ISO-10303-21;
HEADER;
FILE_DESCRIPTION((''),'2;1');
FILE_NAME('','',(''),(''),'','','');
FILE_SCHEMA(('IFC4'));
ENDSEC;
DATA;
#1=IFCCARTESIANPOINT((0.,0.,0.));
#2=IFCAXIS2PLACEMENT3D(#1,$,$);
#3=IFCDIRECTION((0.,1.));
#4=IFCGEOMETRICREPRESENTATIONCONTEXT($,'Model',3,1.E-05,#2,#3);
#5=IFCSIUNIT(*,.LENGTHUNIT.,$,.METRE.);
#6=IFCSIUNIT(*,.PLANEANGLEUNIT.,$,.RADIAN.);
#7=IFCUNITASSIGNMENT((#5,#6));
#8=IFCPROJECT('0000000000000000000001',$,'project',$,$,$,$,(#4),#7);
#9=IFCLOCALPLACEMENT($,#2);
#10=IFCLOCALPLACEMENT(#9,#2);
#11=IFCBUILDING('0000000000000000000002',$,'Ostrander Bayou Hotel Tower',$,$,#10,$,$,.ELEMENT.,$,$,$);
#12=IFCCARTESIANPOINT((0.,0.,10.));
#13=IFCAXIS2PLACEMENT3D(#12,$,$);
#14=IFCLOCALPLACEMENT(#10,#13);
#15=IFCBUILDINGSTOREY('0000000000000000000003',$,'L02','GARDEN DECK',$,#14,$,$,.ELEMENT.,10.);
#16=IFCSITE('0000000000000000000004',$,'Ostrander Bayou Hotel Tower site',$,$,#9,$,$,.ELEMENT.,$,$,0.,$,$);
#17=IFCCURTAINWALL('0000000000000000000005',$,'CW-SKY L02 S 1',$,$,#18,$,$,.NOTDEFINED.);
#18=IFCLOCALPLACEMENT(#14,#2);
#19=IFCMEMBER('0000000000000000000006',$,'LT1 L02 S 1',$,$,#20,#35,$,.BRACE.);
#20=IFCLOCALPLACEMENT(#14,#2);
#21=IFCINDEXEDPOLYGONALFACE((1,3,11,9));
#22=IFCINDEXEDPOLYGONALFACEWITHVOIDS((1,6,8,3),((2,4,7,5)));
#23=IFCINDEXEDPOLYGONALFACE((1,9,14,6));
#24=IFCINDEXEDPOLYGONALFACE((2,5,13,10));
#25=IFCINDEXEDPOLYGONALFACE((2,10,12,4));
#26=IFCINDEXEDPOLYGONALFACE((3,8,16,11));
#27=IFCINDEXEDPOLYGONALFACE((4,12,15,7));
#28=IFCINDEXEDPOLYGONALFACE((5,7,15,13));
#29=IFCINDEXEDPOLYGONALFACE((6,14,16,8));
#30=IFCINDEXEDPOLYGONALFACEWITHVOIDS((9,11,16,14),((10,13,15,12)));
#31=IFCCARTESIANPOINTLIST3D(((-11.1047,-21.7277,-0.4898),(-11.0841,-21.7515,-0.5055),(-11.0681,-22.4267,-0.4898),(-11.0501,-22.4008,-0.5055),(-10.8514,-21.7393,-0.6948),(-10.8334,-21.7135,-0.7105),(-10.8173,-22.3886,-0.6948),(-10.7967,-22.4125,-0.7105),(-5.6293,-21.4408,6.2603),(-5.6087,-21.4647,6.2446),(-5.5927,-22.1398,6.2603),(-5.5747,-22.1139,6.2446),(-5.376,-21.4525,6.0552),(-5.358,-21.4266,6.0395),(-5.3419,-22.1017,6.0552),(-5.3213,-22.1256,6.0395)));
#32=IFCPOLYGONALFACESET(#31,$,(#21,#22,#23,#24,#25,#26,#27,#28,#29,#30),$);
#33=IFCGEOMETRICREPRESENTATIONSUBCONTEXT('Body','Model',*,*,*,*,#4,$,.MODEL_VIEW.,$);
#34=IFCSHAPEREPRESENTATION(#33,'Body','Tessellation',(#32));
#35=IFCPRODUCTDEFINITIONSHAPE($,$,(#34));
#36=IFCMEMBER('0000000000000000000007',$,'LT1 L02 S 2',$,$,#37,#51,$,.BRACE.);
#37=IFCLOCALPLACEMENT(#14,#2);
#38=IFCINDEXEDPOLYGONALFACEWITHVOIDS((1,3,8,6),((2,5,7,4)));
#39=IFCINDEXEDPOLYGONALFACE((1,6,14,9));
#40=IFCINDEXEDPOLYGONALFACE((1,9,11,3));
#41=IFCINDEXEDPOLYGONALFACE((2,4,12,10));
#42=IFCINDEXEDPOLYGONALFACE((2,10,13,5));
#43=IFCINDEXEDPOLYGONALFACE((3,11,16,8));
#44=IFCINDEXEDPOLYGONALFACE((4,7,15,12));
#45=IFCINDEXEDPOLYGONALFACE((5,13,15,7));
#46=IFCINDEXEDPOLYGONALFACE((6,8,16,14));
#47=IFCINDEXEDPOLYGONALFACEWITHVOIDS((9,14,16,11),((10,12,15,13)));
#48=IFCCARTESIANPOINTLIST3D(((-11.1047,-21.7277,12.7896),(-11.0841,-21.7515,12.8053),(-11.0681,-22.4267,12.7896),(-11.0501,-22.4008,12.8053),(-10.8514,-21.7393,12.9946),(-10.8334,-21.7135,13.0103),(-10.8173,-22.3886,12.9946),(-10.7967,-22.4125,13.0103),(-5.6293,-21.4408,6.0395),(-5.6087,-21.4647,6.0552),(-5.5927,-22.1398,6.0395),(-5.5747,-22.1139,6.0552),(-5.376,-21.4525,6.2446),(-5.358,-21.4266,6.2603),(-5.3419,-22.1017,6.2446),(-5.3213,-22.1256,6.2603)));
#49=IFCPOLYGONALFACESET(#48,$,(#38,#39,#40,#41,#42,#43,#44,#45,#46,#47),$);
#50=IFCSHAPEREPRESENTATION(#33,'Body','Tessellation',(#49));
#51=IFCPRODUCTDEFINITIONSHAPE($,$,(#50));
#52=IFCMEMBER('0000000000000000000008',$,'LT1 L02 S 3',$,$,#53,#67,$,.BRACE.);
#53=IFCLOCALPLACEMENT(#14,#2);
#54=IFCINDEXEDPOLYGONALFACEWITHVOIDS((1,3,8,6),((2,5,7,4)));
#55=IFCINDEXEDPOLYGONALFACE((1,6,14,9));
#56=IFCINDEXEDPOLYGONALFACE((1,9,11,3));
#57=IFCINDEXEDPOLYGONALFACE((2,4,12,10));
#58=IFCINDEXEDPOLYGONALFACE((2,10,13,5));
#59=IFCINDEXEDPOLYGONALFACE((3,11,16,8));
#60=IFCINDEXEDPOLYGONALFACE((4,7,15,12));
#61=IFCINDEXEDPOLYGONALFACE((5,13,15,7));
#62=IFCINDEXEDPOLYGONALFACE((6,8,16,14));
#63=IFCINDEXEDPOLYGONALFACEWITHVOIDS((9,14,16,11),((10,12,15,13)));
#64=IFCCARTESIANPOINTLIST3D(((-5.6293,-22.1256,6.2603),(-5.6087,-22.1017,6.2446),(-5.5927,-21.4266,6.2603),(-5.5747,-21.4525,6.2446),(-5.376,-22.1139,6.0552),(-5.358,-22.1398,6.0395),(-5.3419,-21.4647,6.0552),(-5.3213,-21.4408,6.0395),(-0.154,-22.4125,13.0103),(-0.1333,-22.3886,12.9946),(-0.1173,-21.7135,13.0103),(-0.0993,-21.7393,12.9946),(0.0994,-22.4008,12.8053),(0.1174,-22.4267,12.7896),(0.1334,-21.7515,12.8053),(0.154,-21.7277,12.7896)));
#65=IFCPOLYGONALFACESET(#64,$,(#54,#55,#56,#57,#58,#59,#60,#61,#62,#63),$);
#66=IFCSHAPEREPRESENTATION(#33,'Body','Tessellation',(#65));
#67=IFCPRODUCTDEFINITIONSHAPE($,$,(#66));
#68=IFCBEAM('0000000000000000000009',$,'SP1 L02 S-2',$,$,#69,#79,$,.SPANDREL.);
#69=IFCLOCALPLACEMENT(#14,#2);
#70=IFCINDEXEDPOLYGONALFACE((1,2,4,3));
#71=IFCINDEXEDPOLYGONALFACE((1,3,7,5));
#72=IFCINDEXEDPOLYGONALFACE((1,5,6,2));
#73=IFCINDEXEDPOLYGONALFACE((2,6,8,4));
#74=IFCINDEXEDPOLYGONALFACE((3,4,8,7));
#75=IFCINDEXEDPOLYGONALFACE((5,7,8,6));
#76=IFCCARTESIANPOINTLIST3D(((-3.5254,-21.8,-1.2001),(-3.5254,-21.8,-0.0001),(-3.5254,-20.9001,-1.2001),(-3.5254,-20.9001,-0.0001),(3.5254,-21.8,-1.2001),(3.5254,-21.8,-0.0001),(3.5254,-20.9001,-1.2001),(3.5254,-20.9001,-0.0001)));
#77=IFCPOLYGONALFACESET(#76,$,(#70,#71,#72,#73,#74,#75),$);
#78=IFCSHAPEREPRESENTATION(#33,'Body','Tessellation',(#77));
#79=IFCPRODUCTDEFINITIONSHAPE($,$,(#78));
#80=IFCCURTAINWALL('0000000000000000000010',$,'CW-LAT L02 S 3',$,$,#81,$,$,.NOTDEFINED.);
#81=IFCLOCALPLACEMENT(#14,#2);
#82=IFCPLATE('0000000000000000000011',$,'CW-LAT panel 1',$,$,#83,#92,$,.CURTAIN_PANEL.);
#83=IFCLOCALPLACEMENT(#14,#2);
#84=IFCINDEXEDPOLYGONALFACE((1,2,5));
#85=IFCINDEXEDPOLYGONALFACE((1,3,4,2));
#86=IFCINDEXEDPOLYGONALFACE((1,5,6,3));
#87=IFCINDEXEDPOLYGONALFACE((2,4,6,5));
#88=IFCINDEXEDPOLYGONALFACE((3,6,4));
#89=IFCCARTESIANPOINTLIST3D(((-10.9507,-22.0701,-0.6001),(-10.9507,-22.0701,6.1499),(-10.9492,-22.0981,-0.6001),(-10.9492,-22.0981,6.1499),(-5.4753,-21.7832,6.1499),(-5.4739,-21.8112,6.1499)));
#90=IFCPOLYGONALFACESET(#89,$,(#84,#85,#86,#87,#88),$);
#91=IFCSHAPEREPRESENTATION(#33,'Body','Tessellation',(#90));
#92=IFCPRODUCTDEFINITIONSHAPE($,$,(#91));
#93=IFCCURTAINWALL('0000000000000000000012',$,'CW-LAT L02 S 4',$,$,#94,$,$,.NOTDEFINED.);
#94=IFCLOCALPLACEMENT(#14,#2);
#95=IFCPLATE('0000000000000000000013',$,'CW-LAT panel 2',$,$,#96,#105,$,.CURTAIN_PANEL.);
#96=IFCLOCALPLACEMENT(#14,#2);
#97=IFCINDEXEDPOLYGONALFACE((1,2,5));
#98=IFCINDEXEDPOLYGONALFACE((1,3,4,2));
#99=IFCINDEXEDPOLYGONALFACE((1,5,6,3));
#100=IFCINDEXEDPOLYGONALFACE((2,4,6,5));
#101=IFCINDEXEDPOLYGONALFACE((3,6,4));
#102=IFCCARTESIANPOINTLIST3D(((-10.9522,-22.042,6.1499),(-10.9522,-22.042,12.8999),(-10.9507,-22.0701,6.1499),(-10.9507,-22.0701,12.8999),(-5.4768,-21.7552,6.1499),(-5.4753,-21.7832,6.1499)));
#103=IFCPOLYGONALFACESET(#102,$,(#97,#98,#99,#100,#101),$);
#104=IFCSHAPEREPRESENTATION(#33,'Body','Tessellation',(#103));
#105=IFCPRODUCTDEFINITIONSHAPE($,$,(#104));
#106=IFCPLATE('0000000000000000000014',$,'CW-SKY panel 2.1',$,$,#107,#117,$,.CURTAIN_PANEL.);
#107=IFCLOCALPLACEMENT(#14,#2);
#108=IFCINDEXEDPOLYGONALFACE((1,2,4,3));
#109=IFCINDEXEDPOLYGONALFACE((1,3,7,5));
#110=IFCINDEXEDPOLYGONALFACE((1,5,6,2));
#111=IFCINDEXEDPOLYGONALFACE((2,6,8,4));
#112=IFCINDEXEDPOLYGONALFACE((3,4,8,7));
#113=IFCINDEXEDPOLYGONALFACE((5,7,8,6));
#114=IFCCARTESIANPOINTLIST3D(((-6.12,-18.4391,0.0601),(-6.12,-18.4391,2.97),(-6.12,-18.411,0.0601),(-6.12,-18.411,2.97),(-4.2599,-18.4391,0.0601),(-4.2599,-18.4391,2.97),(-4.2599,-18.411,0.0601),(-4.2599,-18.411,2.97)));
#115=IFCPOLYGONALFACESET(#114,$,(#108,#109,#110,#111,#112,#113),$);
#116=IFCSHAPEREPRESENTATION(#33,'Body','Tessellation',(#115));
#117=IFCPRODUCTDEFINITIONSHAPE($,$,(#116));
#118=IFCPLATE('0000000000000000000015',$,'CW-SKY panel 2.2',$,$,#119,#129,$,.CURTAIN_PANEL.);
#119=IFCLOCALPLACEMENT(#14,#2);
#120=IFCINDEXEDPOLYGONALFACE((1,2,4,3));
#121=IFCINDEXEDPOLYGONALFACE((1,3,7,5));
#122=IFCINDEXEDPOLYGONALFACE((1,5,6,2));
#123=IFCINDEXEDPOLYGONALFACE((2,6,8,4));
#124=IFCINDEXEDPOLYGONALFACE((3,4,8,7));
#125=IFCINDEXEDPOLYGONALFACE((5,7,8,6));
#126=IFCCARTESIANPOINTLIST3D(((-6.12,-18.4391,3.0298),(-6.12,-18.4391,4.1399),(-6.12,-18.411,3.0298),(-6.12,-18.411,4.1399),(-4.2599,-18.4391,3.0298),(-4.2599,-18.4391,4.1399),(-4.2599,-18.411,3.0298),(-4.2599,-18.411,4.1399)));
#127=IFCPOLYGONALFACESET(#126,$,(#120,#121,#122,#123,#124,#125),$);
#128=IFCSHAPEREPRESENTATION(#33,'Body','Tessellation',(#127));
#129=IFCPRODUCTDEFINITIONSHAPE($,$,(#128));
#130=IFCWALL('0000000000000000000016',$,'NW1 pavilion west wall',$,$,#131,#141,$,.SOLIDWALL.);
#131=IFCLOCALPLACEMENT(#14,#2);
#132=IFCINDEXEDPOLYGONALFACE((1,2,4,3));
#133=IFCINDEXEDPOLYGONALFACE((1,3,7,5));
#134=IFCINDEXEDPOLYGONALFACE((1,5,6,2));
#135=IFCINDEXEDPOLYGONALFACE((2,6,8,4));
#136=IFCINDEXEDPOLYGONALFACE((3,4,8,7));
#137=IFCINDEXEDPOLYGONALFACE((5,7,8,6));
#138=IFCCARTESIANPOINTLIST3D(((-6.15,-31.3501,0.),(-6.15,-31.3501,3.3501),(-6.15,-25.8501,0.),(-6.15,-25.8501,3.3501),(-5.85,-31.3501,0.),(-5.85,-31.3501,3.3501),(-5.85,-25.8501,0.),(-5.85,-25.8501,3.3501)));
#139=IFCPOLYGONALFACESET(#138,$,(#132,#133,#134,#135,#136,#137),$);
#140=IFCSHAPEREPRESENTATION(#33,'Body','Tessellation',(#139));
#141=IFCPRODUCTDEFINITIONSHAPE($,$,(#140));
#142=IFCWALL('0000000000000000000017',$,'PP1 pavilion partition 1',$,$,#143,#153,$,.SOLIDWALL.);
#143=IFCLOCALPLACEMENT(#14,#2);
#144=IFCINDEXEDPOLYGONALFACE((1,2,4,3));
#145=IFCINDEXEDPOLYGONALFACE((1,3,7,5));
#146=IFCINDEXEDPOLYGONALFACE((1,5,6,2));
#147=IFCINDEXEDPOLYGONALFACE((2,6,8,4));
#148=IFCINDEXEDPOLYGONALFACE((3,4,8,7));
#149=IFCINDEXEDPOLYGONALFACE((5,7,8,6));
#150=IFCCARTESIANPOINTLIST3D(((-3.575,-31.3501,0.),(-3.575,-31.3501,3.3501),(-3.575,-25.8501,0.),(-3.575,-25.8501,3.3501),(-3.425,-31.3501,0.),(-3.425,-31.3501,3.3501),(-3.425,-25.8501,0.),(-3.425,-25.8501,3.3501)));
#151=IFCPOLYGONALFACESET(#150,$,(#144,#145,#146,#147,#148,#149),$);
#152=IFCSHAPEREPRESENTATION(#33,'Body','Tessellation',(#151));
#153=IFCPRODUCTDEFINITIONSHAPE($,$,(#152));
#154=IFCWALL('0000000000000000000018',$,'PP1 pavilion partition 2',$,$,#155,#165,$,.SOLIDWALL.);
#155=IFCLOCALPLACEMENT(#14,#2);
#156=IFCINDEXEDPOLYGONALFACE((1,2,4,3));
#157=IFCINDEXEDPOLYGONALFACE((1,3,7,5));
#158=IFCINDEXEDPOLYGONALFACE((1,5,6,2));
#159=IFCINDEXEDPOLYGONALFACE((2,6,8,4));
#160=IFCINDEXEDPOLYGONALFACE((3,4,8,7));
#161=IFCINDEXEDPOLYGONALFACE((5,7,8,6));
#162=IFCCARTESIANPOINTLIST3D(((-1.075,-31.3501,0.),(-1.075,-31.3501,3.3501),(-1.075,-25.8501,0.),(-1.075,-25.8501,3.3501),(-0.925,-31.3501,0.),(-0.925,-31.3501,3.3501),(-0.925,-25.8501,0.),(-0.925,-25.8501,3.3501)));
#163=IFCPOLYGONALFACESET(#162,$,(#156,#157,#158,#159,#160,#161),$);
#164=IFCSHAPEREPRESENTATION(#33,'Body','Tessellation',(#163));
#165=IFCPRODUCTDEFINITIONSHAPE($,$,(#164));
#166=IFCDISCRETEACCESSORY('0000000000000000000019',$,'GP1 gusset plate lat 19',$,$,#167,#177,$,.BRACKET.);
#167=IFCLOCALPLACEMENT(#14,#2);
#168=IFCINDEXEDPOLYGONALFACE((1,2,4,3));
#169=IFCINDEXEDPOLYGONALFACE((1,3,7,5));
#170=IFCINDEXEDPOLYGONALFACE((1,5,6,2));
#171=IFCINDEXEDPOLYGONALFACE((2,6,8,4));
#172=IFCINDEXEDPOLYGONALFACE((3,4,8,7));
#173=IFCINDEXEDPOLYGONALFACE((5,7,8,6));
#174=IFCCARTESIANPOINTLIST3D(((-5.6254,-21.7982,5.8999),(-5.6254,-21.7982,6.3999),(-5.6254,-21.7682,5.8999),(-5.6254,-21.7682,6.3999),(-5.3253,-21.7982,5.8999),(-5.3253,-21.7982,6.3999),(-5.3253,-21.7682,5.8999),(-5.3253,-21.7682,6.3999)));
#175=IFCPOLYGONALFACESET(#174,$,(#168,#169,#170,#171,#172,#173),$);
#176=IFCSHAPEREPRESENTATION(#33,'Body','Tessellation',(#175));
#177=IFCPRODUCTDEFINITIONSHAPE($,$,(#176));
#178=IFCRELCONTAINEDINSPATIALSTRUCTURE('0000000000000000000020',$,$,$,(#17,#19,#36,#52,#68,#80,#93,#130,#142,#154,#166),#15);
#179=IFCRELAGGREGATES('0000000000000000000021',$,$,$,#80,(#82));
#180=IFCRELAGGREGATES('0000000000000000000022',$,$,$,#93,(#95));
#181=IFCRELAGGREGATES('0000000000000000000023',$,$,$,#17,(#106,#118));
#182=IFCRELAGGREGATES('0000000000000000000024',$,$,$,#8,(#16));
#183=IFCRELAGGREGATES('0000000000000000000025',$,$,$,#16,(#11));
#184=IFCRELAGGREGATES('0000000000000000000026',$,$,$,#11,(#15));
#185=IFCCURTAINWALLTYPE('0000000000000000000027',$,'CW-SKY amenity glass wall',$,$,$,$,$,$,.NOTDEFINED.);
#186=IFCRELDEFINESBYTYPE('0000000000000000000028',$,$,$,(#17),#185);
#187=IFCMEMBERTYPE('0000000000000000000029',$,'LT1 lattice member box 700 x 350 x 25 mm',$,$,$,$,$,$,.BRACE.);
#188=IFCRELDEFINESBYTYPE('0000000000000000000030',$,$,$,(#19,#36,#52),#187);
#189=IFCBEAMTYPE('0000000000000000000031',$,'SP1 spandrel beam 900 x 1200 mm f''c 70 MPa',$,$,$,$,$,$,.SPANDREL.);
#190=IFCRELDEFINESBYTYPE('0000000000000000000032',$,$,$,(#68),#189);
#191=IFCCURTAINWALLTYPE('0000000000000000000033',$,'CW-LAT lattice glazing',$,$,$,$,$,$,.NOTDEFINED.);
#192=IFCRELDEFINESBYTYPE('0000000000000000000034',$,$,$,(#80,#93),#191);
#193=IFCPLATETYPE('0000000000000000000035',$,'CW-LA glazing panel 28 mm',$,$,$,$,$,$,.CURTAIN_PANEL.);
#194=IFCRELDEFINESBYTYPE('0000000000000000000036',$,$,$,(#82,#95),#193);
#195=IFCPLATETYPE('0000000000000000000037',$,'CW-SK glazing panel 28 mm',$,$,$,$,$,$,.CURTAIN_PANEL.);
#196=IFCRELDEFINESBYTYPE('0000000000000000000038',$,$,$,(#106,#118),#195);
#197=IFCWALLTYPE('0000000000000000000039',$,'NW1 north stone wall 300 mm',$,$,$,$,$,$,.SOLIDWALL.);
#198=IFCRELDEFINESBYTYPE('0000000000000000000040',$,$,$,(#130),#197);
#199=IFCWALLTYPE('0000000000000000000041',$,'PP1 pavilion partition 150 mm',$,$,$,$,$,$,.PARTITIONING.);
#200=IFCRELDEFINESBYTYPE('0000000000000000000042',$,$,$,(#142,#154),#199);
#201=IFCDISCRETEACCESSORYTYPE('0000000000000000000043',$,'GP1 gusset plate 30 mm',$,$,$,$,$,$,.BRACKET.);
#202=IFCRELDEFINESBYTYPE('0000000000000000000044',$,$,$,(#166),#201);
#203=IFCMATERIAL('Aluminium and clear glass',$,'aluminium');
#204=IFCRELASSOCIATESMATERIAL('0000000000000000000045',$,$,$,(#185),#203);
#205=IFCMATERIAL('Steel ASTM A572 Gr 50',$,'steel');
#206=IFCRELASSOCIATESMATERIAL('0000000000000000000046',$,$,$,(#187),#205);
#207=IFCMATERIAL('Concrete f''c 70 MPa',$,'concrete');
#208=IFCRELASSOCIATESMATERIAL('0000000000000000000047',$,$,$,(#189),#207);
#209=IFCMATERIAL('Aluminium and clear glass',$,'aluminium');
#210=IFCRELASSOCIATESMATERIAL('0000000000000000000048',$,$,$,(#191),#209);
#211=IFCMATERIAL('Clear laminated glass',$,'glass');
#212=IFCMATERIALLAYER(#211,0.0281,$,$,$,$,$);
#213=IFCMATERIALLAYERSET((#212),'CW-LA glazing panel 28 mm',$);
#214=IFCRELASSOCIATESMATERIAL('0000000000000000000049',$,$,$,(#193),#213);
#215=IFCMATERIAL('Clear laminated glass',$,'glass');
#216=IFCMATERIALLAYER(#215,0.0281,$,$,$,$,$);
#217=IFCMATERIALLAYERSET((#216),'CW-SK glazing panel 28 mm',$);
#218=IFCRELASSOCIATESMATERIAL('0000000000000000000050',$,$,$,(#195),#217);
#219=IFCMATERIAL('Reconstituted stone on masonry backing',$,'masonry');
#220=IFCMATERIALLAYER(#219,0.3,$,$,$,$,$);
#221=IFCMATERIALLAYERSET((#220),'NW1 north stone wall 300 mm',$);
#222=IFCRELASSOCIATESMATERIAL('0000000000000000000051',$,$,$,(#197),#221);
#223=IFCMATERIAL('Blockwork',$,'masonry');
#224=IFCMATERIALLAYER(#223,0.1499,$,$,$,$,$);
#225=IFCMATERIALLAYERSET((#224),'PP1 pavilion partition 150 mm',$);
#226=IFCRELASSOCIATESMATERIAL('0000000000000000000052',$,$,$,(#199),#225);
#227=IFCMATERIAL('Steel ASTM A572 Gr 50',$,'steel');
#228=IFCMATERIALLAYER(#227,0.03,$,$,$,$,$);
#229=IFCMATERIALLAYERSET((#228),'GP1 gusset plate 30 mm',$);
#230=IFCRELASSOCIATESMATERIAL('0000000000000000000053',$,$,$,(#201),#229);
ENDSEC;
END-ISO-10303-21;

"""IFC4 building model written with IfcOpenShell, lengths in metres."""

from ifc_helpers import new_model, si_unit, direction, frame, frame_2d, origin, origin_2d, place, context, subcontext, project, spatial, polyline, rectangle, hollow_rectangle, outline, extrude, material, layer, layer_set, material_profile, profile_set, type_object, element, aggregate, save


model = new_model("IFC4")

# Units and contexts
model_context = context("Model", 3, precision=1e-05, world=origin(), true_north=direction((0.0, 1.0)))
body_context = subcontext(model_context, "Body", "Model", "MODEL_VIEW")
ifc_project = project(units=[si_unit("LENGTHUNIT", "METRE"), si_unit("PLANEANGLEUNIT", "RADIAN")], contexts=[model_context])

# Site, building, storey
site_placement = place(None, origin())
site = spatial("IfcSite", under=ifc_project, at=site_placement, Name="Ostrander Bayou Hotel Tower site", CompositionType="ELEMENT", RefElevation=0.0)
building_placement = place(site_placement, origin())
building = spatial("IfcBuilding", under=site, at=building_placement, Name="Ostrander Bayou Hotel Tower", CompositionType="ELEMENT")
storey_placement = place(building_placement, frame((0.0, 0.0, 10.0)))
storey = spatial("IfcBuildingStorey", under=building, at=storey_placement, Name="L02", Description="GARDEN DECK", CompositionType="ELEMENT", Elevation=10.0)

# Curtain wall
ifc_material_1 = material(Name="Aluminium and clear glass", Category="aluminium")
curtain_wall_type_1 = type_object("IfcCurtainWallType", Name="CW-SKY amenity glass wall", PredefinedType="NOTDEFINED", material=ifc_material_1)
curtain_wall_1_placement = place(storey_placement, origin())
curtain_wall_1 = element("IfcCurtainWall", 1, at=curtain_wall_1_placement, inside=storey, type_object=curtain_wall_type_1, Name="CW-SKY L02 S 1", PredefinedType="NOTDEFINED")

# Members
ifc_material_2 = material(Name="Steel ASTM A572 Gr 50", Category="steel")
ifc_material_profile_1 = material_profile(ifc_material_2, hollow_rectangle(XDim=0.7, YDim=0.3501, WallThickness=0.0249, at=origin_2d()))
ifc_profile_set_1 = profile_set([ifc_material_profile_1], Name="Steel ASTM A572 Gr 50")
member_type_1 = type_object("IfcMemberType", Name="LT1 lattice member box 700 x 350 x 25 mm", PredefinedType="BRACE", material=ifc_profile_set_1)
for number, where, z_axis, x_axis, name in (
    (2, (-5.4753, -21.7832, 6.1499), (-0.629624, -0.032987, -0.7762), (0.05232, -0.99863, 0.0), "LT1 L02 S 1"),
    (3, (-5.4753, -21.7832, 6.1499), (-0.629624, -0.032987, 0.7762), (0.05232, -0.99863, 0.0), "LT1 L02 S 2"),
    (4, (-5.4753, -21.7832, 6.1499), (0.629624, -0.032987, 0.7762), (0.05232, 0.99863, 0.0), "LT1 L02 S 3"),
):
    element("IfcMember", number, at=place(storey_placement, frame(where, z_axis=z_axis, x_axis=x_axis)), inside=storey, type_object=member_type_1, Name=name, PredefinedType="BRACE", context=body_context, shape_type="SweptSolid", body=[
        extrude(hollow_rectangle(XDim=0.7, YDim=0.3501, WallThickness=0.0249, at=origin_2d()), origin(), (0.0, 0.0, 1.0), 8.6963),
    ])

# Beam
ifc_material_3 = material(Name="Concrete f'c 70 MPa", Category="concrete")
ifc_material_profile_2 = material_profile(ifc_material_3, rectangle(XDim=0.8999, YDim=1.2, at=origin_2d()))
ifc_profile_set_2 = profile_set([ifc_material_profile_2], Name="Concrete f'c 70 MPa")
beam_type_1 = type_object("IfcBeamType", Name="SP1 spandrel beam 900 x 1200 mm f'c 70 MPa", PredefinedType="SPANDREL", material=ifc_profile_set_2)
beam_1_placement = place(storey_placement, frame((-3.5254, -21.3501, -0.6001), z_axis=(1.0, 0.0, 0.0), x_axis=(0.0, 1.0, 0.0)))
element("IfcBeam", 5, at=beam_1_placement, inside=storey, type_object=beam_type_1, Name="SP1 L02 S-2", PredefinedType="SPANDREL", context=body_context, shape_type="SweptSolid", body=[
    extrude(rectangle(XDim=0.8999, YDim=1.2, at=origin_2d()), origin(), (0.0, 0.0, 1.0), 7.0508),
])

# Curtain walls, plates
ifc_material_4 = material(Name="Aluminium and clear glass", Category="aluminium")
curtain_wall_type_2 = type_object("IfcCurtainWallType", Name="CW-LAT lattice glazing", PredefinedType="NOTDEFINED", material=ifc_material_4)
curtain_wall_2_placement = place(storey_placement, origin())
curtain_wall_2 = element("IfcCurtainWall", 6, at=curtain_wall_2_placement, inside=storey, type_object=curtain_wall_type_2, Name="CW-LAT L02 S 3", PredefinedType="NOTDEFINED")
ifc_material_5 = material(Name="Clear laminated glass", Category="glass")
ifc_layer_1 = layer(ifc_material_5, 0.0281)
ifc_layer_set_1 = layer_set([ifc_layer_1], Name="CW-LA glazing panel 28 mm")
plate_type_1 = type_object("IfcPlateType", Name="CW-LA glazing panel 28 mm", PredefinedType="CURTAIN_PANEL", material=ifc_layer_set_1)
plate_1_placement = place(storey_placement, frame((-5.4753, -21.7832, 6.1499), z_axis=(-0.05232, 0.99863, 0.0), x_axis=(-0.629624, -0.032987, -0.7762)))
plate_1 = element("IfcPlate", 7, at=plate_1_placement, type_object=plate_type_1, Name="CW-LAT panel 1", PredefinedType="CURTAIN_PANEL", context=body_context, shape_type="SweptSolid", body=[
    extrude(outline(polyline([(0.0, 0.0), (8.6962, 0.0), (3.4569, 4.2558), (0.0, 0.0)])), origin(), (0.0, 0.0, -1.0), 0.0281),
])
aggregate(curtain_wall_2, [plate_1])
curtain_wall_3_placement = place(storey_placement, origin())
curtain_wall_3 = element("IfcCurtainWall", 8, at=curtain_wall_3_placement, inside=storey, type_object=curtain_wall_type_2, Name="CW-LAT L02 S 4", PredefinedType="NOTDEFINED")
plate_2_placement = place(storey_placement, frame((-5.4753, -21.7832, 6.1499), z_axis=(0.05232, -0.99863, 0.0), x_axis=(-0.629624, -0.032987, 0.7762)))
plate_2 = element("IfcPlate", 9, at=plate_2_placement, type_object=plate_type_1, Name="CW-LAT panel 2", PredefinedType="CURTAIN_PANEL", context=body_context, shape_type="SweptSolid", body=[
    extrude(outline(polyline([(0.0, 0.0), (8.6962, 0.0), (3.4569, 4.2558), (0.0, 0.0)])), origin(), (0.0, 0.0, -1.0), 0.0281),
])
aggregate(curtain_wall_3, [plate_2])

# Plates
ifc_material_6 = material(Name="Clear laminated glass", Category="glass")
ifc_layer_2 = layer(ifc_material_6, 0.0281)
ifc_layer_set_2 = layer_set([ifc_layer_2], Name="CW-SK glazing panel 28 mm")
plate_type_2 = type_object("IfcPlateType", Name="CW-SK glazing panel 28 mm", PredefinedType="CURTAIN_PANEL", material=ifc_layer_set_2)
plate_3_placement = place(storey_placement, frame((-5.1899, -18.425, 0.0601), z_axis=(0.0, 0.0, 1.0), x_axis=(1.0, 0.0, 0.0)))
plate_3 = element("IfcPlate", 10, at=plate_3_placement, type_object=plate_type_2, Name="CW-SKY panel 2.1", PredefinedType="CURTAIN_PANEL", context=body_context, shape_type="SweptSolid", body=[
    extrude(rectangle(XDim=1.8601, YDim=0.0281, at=origin_2d()), origin(), (0.0, 0.0, 1.0), 2.9099),
])
plate_4_placement = place(storey_placement, frame((-5.1899, -18.425, 3.0298), z_axis=(0.0, 0.0, 1.0), x_axis=(1.0, 0.0, 0.0)))
plate_4 = element("IfcPlate", 11, at=plate_4_placement, type_object=plate_type_2, Name="CW-SKY panel 2.2", PredefinedType="CURTAIN_PANEL", context=body_context, shape_type="SweptSolid", body=[
    extrude(rectangle(XDim=1.8601, YDim=0.0281, at=origin_2d()), origin(), (0.0, 0.0, 1.0), 1.1101),
])
aggregate(curtain_wall_1, [plate_3, plate_4])

# Shared definitions
ifc_material_7 = material(Name="Reconstituted stone on masonry backing", Category="masonry")
ifc_layer_3 = layer(ifc_material_7, 0.3)
ifc_layer_set_3 = layer_set([ifc_layer_3], Name="NW1 north stone wall 300 mm")
wall_type_1 = type_object("IfcWallType", Name="NW1 north stone wall 300 mm", PredefinedType="SOLIDWALL", material=ifc_layer_set_3)

# Walls
wall_1_placement = place(storey_placement, frame((-6.0, -31.3501, 0.0), z_axis=(0.0, 0.0, 1.0), x_axis=(0.0, 1.0, 0.0)))
element("IfcWall", 12, at=wall_1_placement, inside=storey, type_object=wall_type_1, Name="NW1 pavilion west wall", PredefinedType="SOLIDWALL", context=body_context, shape_type="SweptSolid", body=[
    extrude(rectangle(XDim=5.5, YDim=0.3, at=frame_2d((2.75, 0.0))), origin(), (0.0, 0.0, 1.0), 3.3501),
])
ifc_material_8 = material(Name="Blockwork", Category="masonry")
ifc_layer_4 = layer(ifc_material_8, 0.1499)
ifc_layer_set_4 = layer_set([ifc_layer_4], Name="PP1 pavilion partition 150 mm")
wall_type_2 = type_object("IfcWallType", Name="PP1 pavilion partition 150 mm", PredefinedType="PARTITIONING", material=ifc_layer_set_4)
for number, where, z_axis, x_axis, name in (
    (13, (-3.5, -31.3501, 0.0), (0.0, 0.0, 1.0), (0.0, 1.0, 0.0), "PP1 pavilion partition 1"),
    (14, (-1.0, -31.3501, 0.0), (0.0, 0.0, 1.0), (0.0, 1.0, 0.0), "PP1 pavilion partition 2"),
):
    element("IfcWall", number, at=place(storey_placement, frame(where, z_axis=z_axis, x_axis=x_axis)), inside=storey, type_object=wall_type_2, Name=name, PredefinedType="SOLIDWALL", context=body_context, shape_type="SweptSolid", body=[
        extrude(rectangle(XDim=5.5, YDim=0.1499, at=frame_2d((2.75, 0.0))), origin(), (0.0, 0.0, 1.0), 3.3501),
    ])

# Discrete accessory
ifc_material_9 = material(Name="Steel ASTM A572 Gr 50", Category="steel")
ifc_layer_5 = layer(ifc_material_9, 0.03)
ifc_layer_set_5 = layer_set([ifc_layer_5], Name="GP1 gusset plate 30 mm")
discrete_accessory_type = type_object("IfcDiscreteAccessoryType", Name="GP1 gusset plate 30 mm", PredefinedType="BRACKET", material=ifc_layer_set_5)
discrete_accessory_placement = place(storey_placement, frame((-5.4753, -21.7832, 5.8999), z_axis=(0.0, 0.0, 1.0), x_axis=(1.0, 0.0, 0.0)))
element("IfcDiscreteAccessory", 15, at=discrete_accessory_placement, inside=storey, type_object=discrete_accessory_type, Name="GP1 gusset plate lat 19", PredefinedType="BRACKET", context=body_context, shape_type="SweptSolid", body=[
    extrude(rectangle(XDim=0.3, YDim=0.03, at=origin_2d()), origin(), (0.0, 0.0, 1.0), 0.5),
])

save(model, "model.ifc")
